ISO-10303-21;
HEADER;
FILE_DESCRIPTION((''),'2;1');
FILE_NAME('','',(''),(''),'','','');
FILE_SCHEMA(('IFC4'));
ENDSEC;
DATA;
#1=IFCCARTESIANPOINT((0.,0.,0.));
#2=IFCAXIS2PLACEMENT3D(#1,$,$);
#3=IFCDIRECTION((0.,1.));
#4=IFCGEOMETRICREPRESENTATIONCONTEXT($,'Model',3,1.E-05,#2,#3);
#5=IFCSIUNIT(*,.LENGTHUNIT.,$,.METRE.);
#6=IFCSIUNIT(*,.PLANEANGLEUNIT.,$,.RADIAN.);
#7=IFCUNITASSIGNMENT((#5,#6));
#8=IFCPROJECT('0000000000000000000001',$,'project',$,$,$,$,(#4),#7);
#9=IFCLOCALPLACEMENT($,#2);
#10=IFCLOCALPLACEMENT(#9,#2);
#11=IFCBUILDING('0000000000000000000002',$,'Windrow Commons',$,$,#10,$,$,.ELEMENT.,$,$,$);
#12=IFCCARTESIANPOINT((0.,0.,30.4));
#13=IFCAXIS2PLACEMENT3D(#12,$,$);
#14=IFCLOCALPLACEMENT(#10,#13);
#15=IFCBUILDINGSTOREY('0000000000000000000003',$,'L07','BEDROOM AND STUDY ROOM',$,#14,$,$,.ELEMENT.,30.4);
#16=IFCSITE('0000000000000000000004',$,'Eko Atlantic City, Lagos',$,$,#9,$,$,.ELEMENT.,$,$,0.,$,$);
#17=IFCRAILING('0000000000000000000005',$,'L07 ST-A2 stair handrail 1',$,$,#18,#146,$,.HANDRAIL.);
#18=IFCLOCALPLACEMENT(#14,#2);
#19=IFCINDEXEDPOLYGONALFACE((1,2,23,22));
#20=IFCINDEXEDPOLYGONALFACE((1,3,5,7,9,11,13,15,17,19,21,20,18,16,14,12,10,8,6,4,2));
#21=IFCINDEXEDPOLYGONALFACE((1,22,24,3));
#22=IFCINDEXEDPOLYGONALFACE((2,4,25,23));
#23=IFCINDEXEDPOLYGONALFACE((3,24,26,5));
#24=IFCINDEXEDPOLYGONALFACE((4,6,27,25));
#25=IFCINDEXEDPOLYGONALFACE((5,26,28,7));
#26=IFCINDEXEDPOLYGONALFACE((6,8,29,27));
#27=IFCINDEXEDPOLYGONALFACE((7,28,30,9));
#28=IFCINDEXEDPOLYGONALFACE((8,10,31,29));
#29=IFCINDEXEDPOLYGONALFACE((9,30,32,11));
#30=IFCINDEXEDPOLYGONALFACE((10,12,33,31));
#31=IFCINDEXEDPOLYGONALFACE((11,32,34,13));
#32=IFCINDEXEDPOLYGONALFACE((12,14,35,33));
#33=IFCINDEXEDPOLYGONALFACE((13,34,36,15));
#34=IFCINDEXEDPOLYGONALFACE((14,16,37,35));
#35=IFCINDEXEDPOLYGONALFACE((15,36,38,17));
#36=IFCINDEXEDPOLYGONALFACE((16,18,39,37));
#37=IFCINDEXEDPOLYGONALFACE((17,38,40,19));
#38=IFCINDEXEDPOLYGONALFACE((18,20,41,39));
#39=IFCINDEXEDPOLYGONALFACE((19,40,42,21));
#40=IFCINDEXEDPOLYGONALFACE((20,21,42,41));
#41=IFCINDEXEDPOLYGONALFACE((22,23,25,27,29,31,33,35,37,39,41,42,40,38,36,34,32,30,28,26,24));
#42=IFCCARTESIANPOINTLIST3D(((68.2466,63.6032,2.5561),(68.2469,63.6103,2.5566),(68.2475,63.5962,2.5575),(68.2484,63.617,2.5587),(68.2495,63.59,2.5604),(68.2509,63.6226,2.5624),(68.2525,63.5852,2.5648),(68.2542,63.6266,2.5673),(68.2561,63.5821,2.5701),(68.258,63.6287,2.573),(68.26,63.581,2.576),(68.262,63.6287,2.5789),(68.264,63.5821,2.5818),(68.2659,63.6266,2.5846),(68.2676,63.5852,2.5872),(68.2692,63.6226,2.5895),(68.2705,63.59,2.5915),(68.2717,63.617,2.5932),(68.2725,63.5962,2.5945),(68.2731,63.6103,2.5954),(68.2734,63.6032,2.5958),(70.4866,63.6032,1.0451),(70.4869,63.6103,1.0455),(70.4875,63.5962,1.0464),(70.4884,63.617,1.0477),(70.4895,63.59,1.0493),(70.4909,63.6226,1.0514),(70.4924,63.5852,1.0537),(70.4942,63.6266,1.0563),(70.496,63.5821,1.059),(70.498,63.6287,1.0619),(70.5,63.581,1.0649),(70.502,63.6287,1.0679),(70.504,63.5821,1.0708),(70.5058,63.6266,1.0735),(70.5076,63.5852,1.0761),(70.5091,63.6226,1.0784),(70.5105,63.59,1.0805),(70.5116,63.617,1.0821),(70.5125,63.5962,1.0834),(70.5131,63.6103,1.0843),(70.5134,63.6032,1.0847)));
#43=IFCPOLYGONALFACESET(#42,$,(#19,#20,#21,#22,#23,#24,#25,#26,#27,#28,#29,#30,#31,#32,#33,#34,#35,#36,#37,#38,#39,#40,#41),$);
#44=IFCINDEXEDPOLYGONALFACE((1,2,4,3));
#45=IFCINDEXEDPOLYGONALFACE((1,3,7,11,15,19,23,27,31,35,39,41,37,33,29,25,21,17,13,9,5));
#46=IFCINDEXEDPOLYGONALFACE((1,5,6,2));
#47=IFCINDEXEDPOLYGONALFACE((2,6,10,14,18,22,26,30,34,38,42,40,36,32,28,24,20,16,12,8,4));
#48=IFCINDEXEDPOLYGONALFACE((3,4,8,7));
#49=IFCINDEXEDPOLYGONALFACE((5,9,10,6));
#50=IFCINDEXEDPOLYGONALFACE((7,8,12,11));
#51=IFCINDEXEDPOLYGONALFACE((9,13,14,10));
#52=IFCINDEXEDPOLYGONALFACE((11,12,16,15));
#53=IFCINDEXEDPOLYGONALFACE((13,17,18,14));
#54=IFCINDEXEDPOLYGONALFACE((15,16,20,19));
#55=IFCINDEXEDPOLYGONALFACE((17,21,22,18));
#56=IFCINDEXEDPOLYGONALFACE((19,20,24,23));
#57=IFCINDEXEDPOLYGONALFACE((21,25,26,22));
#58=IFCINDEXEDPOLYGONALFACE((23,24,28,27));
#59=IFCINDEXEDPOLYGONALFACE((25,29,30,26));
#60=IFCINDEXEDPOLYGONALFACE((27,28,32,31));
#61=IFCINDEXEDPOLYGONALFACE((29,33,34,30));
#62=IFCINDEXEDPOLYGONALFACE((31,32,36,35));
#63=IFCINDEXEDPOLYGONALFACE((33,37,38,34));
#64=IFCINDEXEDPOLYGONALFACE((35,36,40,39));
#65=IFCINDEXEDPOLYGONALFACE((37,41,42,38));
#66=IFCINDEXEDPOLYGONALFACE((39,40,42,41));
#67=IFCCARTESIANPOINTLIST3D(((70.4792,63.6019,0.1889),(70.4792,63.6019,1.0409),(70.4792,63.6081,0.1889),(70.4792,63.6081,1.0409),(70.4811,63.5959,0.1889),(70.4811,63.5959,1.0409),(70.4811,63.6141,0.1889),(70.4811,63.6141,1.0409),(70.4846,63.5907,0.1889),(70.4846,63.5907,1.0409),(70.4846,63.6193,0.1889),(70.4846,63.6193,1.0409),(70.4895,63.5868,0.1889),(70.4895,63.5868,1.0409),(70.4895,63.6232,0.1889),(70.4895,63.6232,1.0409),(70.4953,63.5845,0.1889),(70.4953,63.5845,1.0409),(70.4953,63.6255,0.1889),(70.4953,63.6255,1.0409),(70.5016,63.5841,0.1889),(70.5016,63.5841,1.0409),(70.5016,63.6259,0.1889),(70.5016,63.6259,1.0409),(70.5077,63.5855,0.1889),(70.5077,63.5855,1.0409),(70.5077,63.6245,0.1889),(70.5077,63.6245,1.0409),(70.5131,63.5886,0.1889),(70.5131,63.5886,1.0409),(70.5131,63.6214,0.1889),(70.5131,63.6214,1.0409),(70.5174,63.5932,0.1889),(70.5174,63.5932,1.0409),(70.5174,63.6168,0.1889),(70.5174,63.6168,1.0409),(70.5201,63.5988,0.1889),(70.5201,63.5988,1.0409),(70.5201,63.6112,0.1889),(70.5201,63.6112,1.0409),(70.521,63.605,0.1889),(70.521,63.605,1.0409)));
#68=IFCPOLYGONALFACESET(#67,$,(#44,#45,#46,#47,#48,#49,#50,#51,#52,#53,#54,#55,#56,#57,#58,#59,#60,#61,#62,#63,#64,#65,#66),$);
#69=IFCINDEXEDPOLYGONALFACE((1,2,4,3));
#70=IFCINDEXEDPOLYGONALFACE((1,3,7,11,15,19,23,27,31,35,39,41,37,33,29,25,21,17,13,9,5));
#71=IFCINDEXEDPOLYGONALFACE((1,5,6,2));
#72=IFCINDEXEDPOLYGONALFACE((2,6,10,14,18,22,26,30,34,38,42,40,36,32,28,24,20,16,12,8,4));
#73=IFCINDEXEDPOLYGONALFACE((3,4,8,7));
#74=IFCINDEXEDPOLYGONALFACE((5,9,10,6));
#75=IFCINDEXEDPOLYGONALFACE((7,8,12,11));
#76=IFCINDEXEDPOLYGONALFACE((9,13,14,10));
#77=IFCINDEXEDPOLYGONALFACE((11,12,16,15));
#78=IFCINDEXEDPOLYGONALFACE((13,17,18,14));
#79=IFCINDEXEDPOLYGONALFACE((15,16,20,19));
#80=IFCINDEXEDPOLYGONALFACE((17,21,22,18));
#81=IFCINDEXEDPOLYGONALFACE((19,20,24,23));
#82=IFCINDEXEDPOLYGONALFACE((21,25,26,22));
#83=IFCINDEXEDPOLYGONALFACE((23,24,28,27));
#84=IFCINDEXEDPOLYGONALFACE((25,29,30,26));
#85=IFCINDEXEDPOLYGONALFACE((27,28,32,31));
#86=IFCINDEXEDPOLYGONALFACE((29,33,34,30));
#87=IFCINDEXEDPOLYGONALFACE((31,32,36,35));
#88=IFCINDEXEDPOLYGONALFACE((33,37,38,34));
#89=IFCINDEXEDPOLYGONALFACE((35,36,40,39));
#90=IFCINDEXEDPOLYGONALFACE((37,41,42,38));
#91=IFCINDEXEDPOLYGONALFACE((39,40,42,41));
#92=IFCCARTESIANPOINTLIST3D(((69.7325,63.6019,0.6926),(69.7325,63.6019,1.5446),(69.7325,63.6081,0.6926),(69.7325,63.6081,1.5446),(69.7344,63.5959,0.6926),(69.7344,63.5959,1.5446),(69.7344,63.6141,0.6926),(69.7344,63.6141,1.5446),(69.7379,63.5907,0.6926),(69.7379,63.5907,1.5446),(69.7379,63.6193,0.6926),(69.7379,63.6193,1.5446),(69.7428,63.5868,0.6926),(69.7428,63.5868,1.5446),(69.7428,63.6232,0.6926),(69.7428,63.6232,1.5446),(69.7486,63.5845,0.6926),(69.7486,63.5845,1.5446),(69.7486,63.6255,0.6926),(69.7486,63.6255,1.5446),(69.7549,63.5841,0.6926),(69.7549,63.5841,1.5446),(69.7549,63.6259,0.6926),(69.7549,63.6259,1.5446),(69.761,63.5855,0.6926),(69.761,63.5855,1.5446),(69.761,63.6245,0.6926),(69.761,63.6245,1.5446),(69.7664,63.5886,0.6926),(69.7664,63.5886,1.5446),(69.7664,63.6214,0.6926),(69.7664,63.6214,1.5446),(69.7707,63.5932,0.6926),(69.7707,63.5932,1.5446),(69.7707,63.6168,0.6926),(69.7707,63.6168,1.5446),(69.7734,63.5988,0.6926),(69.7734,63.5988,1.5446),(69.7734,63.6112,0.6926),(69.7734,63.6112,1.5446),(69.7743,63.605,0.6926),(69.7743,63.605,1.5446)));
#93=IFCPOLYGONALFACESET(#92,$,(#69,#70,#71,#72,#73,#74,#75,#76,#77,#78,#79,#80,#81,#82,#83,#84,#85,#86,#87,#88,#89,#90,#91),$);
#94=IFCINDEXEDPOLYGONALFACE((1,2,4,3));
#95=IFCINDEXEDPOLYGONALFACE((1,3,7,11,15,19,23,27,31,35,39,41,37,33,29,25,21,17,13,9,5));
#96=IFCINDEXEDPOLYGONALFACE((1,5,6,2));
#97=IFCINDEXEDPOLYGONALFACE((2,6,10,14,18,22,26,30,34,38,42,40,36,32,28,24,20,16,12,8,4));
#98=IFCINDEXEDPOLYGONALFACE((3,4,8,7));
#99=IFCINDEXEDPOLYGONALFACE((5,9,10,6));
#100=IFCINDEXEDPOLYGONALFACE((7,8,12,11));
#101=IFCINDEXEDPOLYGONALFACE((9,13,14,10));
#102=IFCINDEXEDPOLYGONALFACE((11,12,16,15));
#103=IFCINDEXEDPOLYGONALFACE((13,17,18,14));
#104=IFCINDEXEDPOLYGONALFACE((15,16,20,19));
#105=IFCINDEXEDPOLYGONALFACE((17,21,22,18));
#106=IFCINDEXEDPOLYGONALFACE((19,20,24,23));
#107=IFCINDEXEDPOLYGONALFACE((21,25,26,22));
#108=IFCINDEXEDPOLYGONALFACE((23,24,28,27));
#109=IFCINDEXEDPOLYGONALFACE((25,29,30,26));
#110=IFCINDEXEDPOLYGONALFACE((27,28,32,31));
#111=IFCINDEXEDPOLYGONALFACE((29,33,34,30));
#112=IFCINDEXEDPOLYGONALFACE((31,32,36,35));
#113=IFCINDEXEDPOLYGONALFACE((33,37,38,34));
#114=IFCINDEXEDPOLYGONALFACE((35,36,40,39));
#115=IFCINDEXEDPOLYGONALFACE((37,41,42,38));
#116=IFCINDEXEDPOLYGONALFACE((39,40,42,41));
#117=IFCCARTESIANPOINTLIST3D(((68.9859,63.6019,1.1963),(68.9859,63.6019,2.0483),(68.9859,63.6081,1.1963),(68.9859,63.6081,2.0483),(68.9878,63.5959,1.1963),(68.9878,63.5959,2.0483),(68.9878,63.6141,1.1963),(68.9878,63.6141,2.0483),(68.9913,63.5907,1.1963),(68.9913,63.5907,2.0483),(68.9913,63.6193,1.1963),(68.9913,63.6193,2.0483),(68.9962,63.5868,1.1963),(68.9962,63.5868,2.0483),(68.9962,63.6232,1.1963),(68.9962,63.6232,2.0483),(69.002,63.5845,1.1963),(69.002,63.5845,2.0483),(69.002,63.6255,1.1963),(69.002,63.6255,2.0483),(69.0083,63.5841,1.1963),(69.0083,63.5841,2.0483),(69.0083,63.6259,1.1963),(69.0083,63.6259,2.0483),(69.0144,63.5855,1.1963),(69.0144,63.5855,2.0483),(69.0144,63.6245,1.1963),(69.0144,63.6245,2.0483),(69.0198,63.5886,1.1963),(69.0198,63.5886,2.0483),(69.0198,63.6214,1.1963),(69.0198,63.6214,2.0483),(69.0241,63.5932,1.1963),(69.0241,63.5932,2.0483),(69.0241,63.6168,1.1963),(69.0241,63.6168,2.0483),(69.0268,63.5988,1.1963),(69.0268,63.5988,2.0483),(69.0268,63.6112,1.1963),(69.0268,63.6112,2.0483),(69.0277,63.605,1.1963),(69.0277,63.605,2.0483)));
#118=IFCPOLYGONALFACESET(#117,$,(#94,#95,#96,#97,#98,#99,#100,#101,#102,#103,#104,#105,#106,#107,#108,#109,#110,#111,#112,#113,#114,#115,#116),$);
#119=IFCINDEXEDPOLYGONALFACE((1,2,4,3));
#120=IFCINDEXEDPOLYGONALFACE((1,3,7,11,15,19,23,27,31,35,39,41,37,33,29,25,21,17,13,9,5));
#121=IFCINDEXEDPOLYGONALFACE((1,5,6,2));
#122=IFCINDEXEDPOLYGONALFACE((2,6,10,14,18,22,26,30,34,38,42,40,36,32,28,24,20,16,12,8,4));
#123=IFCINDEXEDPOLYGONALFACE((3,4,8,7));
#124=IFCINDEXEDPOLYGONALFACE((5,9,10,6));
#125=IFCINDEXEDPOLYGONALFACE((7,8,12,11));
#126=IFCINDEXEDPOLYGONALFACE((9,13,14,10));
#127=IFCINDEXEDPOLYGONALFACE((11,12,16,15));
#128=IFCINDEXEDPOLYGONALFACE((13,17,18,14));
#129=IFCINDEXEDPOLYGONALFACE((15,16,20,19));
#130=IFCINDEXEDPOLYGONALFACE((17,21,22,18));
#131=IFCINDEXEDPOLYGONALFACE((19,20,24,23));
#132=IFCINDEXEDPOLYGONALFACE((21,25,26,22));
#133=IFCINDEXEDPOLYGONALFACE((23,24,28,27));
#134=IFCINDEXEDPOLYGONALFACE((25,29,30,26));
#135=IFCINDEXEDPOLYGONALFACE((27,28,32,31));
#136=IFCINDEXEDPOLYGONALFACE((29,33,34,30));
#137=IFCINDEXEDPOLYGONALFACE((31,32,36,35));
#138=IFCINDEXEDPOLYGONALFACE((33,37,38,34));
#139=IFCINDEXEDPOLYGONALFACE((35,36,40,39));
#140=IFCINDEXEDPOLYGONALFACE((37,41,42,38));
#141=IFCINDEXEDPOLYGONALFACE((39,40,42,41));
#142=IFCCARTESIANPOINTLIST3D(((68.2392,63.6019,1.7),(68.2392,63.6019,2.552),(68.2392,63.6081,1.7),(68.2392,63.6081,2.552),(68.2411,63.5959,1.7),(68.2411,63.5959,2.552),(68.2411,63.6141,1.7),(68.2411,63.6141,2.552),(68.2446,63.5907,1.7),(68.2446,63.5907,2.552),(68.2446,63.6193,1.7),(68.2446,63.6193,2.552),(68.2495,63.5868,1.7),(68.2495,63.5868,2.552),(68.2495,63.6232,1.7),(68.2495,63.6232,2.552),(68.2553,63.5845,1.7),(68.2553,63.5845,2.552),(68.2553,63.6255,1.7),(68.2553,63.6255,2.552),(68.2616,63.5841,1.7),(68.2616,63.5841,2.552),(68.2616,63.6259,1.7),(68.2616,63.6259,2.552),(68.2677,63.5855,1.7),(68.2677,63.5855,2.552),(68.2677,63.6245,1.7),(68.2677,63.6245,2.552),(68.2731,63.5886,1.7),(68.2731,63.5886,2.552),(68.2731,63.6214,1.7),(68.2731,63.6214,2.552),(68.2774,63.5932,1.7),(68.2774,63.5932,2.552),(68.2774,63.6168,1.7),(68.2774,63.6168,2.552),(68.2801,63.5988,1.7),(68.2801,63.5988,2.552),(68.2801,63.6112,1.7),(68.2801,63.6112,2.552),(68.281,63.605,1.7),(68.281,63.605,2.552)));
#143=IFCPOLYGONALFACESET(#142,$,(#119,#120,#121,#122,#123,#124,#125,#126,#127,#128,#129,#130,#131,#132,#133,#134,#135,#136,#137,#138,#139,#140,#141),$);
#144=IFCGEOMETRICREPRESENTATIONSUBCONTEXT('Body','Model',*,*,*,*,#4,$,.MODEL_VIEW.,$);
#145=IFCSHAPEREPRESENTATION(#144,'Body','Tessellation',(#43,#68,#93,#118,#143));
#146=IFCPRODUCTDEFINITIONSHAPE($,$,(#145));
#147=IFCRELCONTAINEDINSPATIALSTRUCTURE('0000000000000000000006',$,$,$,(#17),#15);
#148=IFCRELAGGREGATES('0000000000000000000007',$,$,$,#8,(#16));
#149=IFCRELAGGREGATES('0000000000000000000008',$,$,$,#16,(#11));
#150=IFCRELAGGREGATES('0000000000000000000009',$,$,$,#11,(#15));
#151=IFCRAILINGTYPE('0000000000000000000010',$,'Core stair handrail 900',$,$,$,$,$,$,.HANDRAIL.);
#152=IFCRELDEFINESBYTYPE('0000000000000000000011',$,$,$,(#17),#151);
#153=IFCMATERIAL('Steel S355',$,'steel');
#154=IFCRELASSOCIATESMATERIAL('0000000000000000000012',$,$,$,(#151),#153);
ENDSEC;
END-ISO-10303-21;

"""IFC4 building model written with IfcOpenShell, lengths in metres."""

from ifc_helpers import new_model, si_unit, direction, frame, origin, origin_2d, place, context, subcontext, project, spatial, circle, extrude, material, type_object, element, save


model = new_model("IFC4")

# Units and contexts
model_context = context("Model", 3, precision=1e-05, world=origin(), true_north=direction((0.0, 1.0)))
body_context = subcontext(model_context, "Body", "Model", "MODEL_VIEW")
ifc_project = project(units=[si_unit("LENGTHUNIT", "METRE"), si_unit("PLANEANGLEUNIT", "RADIAN")], contexts=[model_context])

# Site, building, storey
site_placement = place(None, origin())
site = spatial("IfcSite", under=ifc_project, at=site_placement, Name="Eko Atlantic City, Lagos", CompositionType="ELEMENT", RefElevation=0.0)
building_placement = place(site_placement, origin())
building = spatial("IfcBuilding", under=site, at=building_placement, Name="Windrow Commons", CompositionType="ELEMENT")
storey_placement = place(building_placement, frame((0.0, 0.0, 30.4)))
storey = spatial("IfcBuildingStorey", under=building, at=storey_placement, Name="L07", Description="BEDROOM AND STUDY ROOM", CompositionType="ELEMENT", Elevation=30.4)

# Railing
ifc_material_1 = material(Name="Steel S355", Category="steel")
railing_type_1 = type_object("IfcRailingType", Name="Core stair handrail 900", PredefinedType="HANDRAIL", material=ifc_material_1)
railing_1_placement = place(storey_placement, frame((70.5, 63.605, 0.1889)))
element("IfcRailing", 1, at=railing_1_placement, inside=storey, type_object=railing_type_1, Name="L07 ST-A2 stair handrail 1", PredefinedType="HANDRAIL", context=body_context, shape_type="SweptSolid", body=[
    extrude(circle(Radius=0.024, at=origin_2d()), frame((0.0, 0.0, 0.876), z_axis=(-0.829003, 0.0, 0.559244), x_axis=(0.0, -1.0, 0.0)), (0.0, 0.0, 1.0), 2.702),
    extrude(circle(Radius=0.021, at=origin_2d()), origin(), (0.0, 0.0, 1.0), 0.852),
    extrude(circle(Radius=0.021, at=origin_2d()), frame((-0.7467, 0.0, 0.5037)), (0.0, 0.0, 1.0), 0.852),
    extrude(circle(Radius=0.021, at=origin_2d()), frame((-1.4933, 0.0, 1.0074)), (0.0, 0.0, 1.0), 0.852),
    extrude(circle(Radius=0.021, at=origin_2d()), frame((-2.24, 0.0, 1.5111)), (0.0, 0.0, 1.0), 0.852),
])

save(model, "model.ifc")
